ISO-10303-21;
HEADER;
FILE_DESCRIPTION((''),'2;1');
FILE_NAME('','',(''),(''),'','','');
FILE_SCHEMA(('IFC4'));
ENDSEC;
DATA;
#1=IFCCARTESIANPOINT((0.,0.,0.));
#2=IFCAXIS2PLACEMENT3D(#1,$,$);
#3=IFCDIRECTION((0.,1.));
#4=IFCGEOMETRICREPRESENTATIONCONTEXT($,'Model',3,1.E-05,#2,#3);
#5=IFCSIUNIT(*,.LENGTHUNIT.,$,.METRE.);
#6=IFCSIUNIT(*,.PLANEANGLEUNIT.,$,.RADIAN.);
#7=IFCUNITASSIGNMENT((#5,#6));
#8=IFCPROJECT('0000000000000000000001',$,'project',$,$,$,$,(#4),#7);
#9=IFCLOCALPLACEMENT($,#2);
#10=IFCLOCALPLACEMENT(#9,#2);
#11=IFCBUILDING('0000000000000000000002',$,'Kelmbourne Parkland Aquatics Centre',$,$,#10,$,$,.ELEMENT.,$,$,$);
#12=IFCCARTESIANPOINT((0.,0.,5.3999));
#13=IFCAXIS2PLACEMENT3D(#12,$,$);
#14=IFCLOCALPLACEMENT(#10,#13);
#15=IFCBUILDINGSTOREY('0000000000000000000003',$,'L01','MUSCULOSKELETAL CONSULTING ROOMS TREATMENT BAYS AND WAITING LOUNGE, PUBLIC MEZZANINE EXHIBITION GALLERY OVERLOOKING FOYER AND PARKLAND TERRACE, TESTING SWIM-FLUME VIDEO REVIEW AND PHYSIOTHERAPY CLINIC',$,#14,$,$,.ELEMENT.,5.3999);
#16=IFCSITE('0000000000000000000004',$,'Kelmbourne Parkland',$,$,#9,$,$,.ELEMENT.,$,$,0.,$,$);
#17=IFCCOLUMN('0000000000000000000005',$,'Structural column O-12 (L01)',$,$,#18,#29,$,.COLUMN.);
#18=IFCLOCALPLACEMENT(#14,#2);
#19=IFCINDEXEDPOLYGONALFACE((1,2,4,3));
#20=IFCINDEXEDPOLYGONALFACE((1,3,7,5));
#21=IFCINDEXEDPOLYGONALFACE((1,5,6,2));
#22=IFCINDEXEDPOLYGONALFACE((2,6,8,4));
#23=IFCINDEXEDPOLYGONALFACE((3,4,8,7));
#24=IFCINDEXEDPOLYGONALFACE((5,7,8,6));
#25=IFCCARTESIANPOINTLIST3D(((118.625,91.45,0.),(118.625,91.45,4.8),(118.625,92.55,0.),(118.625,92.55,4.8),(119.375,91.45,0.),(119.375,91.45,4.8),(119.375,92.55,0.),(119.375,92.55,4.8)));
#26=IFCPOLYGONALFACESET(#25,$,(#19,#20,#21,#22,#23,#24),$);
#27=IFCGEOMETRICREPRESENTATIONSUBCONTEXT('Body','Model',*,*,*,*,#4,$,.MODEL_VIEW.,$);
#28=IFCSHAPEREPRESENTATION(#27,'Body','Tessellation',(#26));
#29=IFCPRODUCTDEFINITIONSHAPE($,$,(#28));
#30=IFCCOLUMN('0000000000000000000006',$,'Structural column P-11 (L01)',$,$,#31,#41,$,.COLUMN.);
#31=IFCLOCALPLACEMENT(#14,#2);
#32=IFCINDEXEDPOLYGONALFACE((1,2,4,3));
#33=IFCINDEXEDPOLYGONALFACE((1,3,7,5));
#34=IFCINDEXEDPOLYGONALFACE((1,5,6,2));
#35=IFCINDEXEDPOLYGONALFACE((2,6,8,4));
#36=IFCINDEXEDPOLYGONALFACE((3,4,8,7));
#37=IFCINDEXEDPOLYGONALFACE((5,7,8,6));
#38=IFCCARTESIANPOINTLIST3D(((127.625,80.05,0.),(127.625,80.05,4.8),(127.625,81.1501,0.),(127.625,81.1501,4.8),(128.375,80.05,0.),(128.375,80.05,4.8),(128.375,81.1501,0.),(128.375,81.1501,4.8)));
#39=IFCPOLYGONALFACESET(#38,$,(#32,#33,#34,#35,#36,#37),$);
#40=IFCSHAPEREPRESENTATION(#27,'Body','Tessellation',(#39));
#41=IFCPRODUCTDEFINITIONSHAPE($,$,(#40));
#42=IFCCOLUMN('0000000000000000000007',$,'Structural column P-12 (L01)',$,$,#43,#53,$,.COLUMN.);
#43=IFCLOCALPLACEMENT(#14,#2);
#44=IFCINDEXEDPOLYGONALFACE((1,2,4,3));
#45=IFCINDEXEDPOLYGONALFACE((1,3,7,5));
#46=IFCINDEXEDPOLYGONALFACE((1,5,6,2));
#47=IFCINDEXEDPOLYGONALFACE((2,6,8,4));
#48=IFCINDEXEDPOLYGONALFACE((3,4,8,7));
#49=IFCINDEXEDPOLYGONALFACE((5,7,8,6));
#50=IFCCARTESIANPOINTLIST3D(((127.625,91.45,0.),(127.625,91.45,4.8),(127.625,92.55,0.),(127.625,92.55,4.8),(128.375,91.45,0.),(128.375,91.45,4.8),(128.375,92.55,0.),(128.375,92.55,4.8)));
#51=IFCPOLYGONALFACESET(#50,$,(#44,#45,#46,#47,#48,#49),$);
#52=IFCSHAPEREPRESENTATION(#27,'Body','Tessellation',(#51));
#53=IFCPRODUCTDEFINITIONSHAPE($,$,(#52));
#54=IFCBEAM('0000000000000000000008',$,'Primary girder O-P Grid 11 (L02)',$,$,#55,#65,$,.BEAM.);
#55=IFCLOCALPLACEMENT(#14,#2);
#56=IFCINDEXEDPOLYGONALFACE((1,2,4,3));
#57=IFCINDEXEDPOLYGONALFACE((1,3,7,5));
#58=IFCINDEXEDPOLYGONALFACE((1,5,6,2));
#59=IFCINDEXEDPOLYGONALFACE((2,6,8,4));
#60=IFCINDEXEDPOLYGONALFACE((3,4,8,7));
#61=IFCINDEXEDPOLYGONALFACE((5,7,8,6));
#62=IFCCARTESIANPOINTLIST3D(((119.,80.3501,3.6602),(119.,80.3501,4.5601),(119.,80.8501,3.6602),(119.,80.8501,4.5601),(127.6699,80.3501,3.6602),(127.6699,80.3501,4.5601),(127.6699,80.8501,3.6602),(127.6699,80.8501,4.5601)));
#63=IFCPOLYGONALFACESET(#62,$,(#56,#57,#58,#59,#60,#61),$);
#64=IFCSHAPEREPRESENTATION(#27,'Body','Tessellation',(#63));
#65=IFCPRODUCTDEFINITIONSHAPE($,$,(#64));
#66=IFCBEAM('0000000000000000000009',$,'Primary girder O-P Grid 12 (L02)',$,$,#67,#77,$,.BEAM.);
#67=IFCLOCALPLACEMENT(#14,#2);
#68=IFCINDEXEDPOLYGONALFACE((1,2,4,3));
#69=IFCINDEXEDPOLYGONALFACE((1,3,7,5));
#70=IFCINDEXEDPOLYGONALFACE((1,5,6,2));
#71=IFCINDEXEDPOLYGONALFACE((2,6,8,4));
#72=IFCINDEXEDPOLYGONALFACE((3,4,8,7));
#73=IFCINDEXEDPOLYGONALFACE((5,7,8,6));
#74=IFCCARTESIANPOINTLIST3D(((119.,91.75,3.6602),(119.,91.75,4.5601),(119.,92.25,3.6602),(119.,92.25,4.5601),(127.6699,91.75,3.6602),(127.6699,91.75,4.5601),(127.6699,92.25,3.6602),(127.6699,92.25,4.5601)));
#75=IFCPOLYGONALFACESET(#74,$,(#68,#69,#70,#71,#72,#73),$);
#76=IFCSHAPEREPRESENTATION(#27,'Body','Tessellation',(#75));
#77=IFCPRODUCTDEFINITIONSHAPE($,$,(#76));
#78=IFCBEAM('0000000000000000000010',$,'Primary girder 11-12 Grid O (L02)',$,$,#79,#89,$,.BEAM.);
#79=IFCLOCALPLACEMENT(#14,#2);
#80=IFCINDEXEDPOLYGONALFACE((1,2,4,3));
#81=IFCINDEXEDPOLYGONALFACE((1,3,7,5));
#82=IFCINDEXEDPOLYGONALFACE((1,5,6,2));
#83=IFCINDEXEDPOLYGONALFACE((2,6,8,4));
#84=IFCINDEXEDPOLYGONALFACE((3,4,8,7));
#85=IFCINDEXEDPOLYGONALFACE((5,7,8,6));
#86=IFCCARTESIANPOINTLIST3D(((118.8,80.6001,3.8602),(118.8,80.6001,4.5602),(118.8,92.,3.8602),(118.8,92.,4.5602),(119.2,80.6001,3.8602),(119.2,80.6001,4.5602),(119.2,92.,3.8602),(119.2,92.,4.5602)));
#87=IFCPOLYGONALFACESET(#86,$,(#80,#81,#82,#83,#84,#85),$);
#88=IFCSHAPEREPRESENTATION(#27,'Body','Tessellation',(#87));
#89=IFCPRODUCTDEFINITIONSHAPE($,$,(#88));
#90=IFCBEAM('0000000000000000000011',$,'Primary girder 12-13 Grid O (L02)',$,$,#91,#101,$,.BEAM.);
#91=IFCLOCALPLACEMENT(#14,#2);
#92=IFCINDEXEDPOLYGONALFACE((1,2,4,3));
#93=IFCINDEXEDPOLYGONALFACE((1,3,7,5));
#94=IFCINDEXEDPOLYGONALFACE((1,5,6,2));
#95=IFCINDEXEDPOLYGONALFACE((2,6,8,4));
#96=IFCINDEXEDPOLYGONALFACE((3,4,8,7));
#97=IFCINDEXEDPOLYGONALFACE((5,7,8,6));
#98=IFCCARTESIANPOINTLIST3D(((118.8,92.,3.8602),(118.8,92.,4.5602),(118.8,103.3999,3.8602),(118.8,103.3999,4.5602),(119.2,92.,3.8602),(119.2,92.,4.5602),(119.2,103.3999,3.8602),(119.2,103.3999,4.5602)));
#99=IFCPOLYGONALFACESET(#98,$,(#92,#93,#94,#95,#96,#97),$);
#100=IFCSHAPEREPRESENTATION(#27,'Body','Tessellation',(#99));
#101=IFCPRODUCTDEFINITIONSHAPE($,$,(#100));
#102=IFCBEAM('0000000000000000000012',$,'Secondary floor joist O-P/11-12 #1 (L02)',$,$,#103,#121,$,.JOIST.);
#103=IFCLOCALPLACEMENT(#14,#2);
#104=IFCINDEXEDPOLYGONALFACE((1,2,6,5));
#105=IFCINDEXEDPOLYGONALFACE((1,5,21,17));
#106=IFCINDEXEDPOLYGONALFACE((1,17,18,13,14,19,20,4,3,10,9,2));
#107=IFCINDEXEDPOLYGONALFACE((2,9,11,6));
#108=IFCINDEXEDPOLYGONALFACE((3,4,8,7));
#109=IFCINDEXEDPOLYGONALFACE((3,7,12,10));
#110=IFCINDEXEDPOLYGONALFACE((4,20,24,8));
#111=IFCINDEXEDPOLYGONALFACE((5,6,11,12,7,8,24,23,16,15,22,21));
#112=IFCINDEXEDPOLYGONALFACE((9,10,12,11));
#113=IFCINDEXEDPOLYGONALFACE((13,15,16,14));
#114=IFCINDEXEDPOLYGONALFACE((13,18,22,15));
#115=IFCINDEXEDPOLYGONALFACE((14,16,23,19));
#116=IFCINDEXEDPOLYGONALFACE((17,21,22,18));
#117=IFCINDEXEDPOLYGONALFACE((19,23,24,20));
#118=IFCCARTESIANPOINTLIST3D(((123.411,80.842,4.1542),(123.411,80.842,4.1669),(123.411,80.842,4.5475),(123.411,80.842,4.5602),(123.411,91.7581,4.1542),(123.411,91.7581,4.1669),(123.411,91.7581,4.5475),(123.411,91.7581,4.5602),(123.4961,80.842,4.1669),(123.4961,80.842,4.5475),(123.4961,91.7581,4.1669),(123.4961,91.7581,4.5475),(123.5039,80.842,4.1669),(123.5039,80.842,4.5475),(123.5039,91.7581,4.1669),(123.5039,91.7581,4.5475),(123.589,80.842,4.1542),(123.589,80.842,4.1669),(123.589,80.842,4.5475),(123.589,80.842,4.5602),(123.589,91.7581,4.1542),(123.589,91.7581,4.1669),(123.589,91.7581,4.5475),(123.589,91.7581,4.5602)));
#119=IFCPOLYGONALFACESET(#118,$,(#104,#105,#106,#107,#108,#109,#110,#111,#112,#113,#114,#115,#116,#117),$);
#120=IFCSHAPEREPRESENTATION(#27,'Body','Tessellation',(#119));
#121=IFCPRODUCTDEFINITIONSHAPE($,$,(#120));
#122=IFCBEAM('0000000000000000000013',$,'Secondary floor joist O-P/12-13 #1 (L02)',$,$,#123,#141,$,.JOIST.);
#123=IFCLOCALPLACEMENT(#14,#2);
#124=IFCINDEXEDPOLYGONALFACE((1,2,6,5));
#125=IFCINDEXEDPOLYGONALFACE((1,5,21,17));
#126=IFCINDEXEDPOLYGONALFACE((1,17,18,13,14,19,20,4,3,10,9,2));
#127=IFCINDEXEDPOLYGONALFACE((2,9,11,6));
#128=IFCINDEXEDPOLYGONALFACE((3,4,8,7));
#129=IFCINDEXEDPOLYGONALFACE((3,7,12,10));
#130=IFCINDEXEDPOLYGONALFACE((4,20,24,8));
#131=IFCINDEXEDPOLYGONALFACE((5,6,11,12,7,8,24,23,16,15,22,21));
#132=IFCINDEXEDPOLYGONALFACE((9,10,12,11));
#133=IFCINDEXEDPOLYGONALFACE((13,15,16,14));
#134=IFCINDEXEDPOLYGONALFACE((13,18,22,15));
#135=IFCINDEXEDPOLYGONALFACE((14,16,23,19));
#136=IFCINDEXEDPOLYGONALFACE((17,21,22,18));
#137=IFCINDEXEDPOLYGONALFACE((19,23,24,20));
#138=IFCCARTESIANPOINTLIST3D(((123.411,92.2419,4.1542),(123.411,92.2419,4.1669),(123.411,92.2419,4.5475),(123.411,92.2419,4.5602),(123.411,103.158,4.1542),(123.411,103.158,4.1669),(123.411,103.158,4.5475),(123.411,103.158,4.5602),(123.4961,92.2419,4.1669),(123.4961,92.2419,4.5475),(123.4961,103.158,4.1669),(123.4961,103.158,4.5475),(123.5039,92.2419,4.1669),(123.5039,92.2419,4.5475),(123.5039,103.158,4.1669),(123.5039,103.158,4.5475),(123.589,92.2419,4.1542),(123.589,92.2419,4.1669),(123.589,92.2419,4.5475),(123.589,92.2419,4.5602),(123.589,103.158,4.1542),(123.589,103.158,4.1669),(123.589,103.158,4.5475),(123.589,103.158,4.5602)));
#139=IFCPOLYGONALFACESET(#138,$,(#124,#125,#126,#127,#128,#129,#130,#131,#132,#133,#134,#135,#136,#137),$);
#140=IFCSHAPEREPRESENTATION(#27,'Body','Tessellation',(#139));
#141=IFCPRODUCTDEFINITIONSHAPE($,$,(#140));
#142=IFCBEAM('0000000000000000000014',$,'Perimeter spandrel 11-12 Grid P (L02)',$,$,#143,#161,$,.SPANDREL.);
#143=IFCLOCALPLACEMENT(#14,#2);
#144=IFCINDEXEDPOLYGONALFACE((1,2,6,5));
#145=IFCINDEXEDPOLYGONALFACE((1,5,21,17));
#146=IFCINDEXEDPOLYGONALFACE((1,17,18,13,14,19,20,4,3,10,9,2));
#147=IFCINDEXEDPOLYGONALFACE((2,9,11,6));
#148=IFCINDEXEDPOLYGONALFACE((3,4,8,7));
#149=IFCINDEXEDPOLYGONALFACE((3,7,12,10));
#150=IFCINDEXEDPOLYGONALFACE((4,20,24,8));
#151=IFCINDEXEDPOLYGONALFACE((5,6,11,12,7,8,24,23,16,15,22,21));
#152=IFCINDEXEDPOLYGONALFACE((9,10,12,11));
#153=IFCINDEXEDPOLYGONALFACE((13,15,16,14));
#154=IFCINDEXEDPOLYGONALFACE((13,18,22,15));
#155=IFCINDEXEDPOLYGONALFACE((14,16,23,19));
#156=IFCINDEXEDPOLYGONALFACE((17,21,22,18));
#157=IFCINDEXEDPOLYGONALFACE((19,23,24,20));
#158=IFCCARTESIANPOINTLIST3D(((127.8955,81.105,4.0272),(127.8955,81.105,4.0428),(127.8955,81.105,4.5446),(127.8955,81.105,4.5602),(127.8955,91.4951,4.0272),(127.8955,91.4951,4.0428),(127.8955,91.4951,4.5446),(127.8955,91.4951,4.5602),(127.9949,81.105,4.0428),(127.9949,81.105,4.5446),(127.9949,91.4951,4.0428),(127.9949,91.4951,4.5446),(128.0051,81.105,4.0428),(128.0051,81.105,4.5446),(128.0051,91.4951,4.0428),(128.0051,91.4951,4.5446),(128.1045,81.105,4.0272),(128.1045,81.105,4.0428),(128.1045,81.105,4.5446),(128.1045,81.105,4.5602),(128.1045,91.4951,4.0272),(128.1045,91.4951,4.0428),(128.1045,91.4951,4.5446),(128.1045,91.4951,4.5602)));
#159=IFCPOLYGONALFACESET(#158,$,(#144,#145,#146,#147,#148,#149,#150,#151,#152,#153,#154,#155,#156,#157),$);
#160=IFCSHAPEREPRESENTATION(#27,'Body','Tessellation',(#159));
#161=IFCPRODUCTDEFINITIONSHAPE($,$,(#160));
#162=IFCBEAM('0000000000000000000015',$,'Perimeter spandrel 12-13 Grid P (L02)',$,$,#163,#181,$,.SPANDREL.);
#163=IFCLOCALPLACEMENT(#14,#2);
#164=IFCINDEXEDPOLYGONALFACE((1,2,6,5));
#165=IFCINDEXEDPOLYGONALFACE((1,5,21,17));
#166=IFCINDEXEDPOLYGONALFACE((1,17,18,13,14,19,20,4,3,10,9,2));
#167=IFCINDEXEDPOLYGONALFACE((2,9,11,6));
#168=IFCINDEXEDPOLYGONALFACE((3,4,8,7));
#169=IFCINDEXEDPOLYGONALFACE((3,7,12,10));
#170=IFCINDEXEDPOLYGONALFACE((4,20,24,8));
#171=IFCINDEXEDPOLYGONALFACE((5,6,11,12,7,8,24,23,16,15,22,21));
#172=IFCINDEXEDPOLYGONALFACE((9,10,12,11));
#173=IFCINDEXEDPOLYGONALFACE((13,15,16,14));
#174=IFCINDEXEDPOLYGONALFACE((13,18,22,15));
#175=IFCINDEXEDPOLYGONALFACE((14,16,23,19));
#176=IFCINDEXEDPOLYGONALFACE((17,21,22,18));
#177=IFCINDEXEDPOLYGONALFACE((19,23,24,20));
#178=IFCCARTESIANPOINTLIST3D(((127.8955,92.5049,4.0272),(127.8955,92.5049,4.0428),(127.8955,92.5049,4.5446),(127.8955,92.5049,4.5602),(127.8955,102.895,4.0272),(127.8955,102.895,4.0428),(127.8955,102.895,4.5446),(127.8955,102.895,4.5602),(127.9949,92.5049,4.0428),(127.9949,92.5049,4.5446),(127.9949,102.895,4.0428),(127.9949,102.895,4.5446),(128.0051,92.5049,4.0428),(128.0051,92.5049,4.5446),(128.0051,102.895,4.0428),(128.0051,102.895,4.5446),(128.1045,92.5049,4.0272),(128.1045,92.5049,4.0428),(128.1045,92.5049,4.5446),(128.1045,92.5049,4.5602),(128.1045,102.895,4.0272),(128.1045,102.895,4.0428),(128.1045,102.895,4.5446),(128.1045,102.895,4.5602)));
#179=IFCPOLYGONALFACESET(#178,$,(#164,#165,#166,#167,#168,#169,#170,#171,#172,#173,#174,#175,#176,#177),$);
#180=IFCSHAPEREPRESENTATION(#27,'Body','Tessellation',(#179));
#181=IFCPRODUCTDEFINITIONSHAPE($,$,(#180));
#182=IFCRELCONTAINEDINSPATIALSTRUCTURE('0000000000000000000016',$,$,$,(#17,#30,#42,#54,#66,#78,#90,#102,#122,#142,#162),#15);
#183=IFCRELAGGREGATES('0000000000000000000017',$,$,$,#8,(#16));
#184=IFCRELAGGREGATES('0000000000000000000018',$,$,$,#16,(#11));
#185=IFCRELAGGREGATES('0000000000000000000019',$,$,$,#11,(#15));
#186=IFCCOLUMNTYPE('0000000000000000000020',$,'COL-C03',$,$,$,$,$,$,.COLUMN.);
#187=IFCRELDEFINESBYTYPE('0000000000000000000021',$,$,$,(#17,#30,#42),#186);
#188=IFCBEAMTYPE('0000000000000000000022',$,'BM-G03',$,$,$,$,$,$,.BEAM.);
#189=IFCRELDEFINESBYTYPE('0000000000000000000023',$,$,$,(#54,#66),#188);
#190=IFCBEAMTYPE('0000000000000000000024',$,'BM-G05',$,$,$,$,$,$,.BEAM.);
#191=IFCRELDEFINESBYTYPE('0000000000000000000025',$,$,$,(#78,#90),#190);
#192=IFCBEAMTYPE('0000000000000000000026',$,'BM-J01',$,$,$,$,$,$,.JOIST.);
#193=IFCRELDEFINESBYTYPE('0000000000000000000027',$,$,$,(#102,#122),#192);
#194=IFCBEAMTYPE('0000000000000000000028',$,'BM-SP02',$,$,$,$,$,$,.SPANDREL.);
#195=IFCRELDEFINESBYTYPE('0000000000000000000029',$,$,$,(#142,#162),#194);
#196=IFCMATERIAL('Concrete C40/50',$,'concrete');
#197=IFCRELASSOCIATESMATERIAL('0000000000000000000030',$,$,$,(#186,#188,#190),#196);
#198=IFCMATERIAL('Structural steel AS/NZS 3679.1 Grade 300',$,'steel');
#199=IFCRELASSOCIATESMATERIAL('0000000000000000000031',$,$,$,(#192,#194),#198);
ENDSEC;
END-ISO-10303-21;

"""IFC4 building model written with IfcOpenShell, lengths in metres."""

from ifc_helpers import new_model, si_unit, direction, frame, origin, origin_2d, place, context, subcontext, project, spatial, rectangle, i_section, extrude, material, material_profile, profile_set, type_object, element, save


model = new_model("IFC4")

# Units and contexts
model_context = context("Model", 3, precision=1e-05, world=origin(), true_north=direction((0.0, 1.0)))
body_context = subcontext(model_context, "Body", "Model", "MODEL_VIEW")
ifc_project = project(units=[si_unit("LENGTHUNIT", "METRE"), si_unit("PLANEANGLEUNIT", "RADIAN")], contexts=[model_context])

# Site, building, storey
site_placement = place(None, origin())
site = spatial("IfcSite", under=ifc_project, at=site_placement, Name="Kelmbourne Parkland", CompositionType="ELEMENT", RefElevation=0.0)
building_placement = place(site_placement, origin())
building = spatial("IfcBuilding", under=site, at=building_placement, Name="Kelmbourne Parkland Aquatics Centre", CompositionType="ELEMENT")
storey_placement = place(building_placement, frame((0.0, 0.0, 5.3999)))
storey = spatial("IfcBuildingStorey", under=building, at=storey_placement, Name="L01", Description="MUSCULOSKELETAL CONSULTING ROOMS TREATMENT BAYS AND WAITING LOUNGE, PUBLIC MEZZANINE EXHIBITION GALLERY OVERLOOKING FOYER AND PARKLAND TERRACE, TESTING SWIM-FLUME VIDEO REVIEW AND PHYSIOTHERAPY CLINIC", CompositionType="ELEMENT", Elevation=5.3999)

# Columns
ifc_material_1 = material(Name="Concrete C40/50", Category="concrete")
ifc_material_profile_1 = material_profile(ifc_material_1, rectangle(XDim=0.75, YDim=1.1001, at=origin_2d()), Name="RC 750x1100")
ifc_profile_set_1 = profile_set([ifc_material_profile_1], Name="Concrete C40/50")
column_type = type_object("IfcColumnType", Name="COL-C03", PredefinedType="COLUMN", material=ifc_profile_set_1)
for number, where, z_axis, x_axis, name in (
    (1, (119.0, 92.0, 0.0), (0.0, 0.0, 1.0), (1.0, 0.0, 0.0), "Structural column O-12 (L01)"),
    (2, (128.0, 80.6001, 0.0), (0.0, 0.0, 1.0), (1.0, 0.0, 0.0), "Structural column P-11 (L01)"),
    (3, (128.0, 92.0, 0.0), (0.0, 0.0, 1.0), (1.0, 0.0, 0.0), "Structural column P-12 (L01)"),
):
    element("IfcColumn", number, at=place(storey_placement, frame(where, z_axis=z_axis, x_axis=x_axis)), inside=storey, type_object=column_type, Name=name, PredefinedType="COLUMN", context=body_context, shape_type="SweptSolid", body=[
        extrude(rectangle(XDim=0.75, YDim=1.1001, at=origin_2d()), origin(), (0.0, 0.0, 1.0), 4.8),
    ])

# Beams
ifc_material_profile_2 = material_profile(ifc_material_1, rectangle(XDim=0.5, YDim=0.8999, at=origin_2d()), Name="RC 500x900")
ifc_profile_set_2 = profile_set([ifc_material_profile_2], Name="Concrete C40/50")
beam_type_1 = type_object("IfcBeamType", Name="BM-G03", PredefinedType="BEAM", material=ifc_profile_set_2)
for number, where, z_axis, x_axis, name in (
    (4, (119.0, 80.6001, 4.1101), (1.0, 0.0, 0.0), (0.0, 1.0, 0.0), "Primary girder O-P Grid 11 (L02)"),
    (5, (119.0, 92.0, 4.1101), (1.0, 0.0, 0.0), (0.0, 1.0, 0.0), "Primary girder O-P Grid 12 (L02)"),
):
    element("IfcBeam", number, at=place(storey_placement, frame(where, z_axis=z_axis, x_axis=x_axis)), inside=storey, type_object=beam_type_1, Name=name, PredefinedType="BEAM", context=body_context, shape_type="SweptSolid", body=[
        extrude(rectangle(XDim=0.5, YDim=0.8999, at=origin_2d()), origin(), (0.0, 0.0, 1.0), 8.6699),
    ])
ifc_material_profile_3 = material_profile(ifc_material_1, rectangle(XDim=0.3999, YDim=0.7, at=origin_2d()), Name="RC 400x700")
ifc_profile_set_3 = profile_set([ifc_material_profile_3], Name="Concrete C40/50")
beam_type_2 = type_object("IfcBeamType", Name="BM-G05", PredefinedType="BEAM", material=ifc_profile_set_3)
for number, where, z_axis, x_axis, name in (
    (6, (119.0, 80.6001, 4.2102), (0.0, 1.0, 0.0), (-1.0, 0.0, 0.0), "Primary girder 11-12 Grid O (L02)"),
    (7, (119.0, 92.0, 4.2102), (0.0, 1.0, 0.0), (-1.0, 0.0, 0.0), "Primary girder 12-13 Grid O (L02)"),
):
    element("IfcBeam", number, at=place(storey_placement, frame(where, z_axis=z_axis, x_axis=x_axis)), inside=storey, type_object=beam_type_2, Name=name, PredefinedType="BEAM", context=body_context, shape_type="SweptSolid", body=[
        extrude(rectangle(XDim=0.3999, YDim=0.7, at=origin_2d()), origin(), (0.0, 0.0, 1.0), 11.3999),
    ])
ifc_material_2 = material(Name="Structural steel AS/NZS 3679.1 Grade 300", Category="steel")
ifc_material_profile_4 = material_profile(ifc_material_2, i_section(OverallWidth=0.178, OverallDepth=0.406, WebThickness=0.0078, FlangeThickness=0.0127, at=origin_2d()), Name="410UB59.7")
ifc_profile_set_4 = profile_set([ifc_material_profile_4], Name="Structural steel AS/NZS 3679.1 Grade 300")
beam_type_3 = type_object("IfcBeamType", Name="BM-J01", PredefinedType="JOIST", material=ifc_profile_set_4)
for number, where, z_axis, x_axis, name in (
    (8, (123.5, 80.842, 4.3572), (0.0, 1.0, 0.0), (-1.0, 0.0, 0.0), "Secondary floor joist O-P/11-12 #1 (L02)"),
    (9, (123.5, 92.2419, 4.3572), (0.0, 1.0, 0.0), (-1.0, 0.0, 0.0), "Secondary floor joist O-P/12-13 #1 (L02)"),
):
    element("IfcBeam", number, at=place(storey_placement, frame(where, z_axis=z_axis, x_axis=x_axis)), inside=storey, type_object=beam_type_3, Name=name, PredefinedType="JOIST", context=body_context, shape_type="SweptSolid", body=[
        extrude(i_section(OverallWidth=0.178, OverallDepth=0.406, WebThickness=0.0078, FlangeThickness=0.0127, at=origin_2d()), origin(), (0.0, 0.0, 1.0), 10.916),
    ])
ifc_material_profile_5 = material_profile(ifc_material_2, i_section(OverallWidth=0.209, OverallDepth=0.533, WebThickness=0.0103, FlangeThickness=0.0156, at=origin_2d()), Name="530UB92.4")
ifc_profile_set_5 = profile_set([ifc_material_profile_5], Name="Structural steel AS/NZS 3679.1 Grade 300")
beam_type_4 = type_object("IfcBeamType", Name="BM-SP02", PredefinedType="SPANDREL", material=ifc_profile_set_5)
for number, where, z_axis, x_axis, name in (
    (10, (128.0, 81.105, 4.2937), (0.0, 1.0, 0.0), (-1.0, 0.0, 0.0), "Perimeter spandrel 11-12 Grid P (L02)"),
    (11, (128.0, 92.5049, 4.2937), (0.0, 1.0, 0.0), (-1.0, 0.0, 0.0), "Perimeter spandrel 12-13 Grid P (L02)"),
):
    element("IfcBeam", number, at=place(storey_placement, frame(where, z_axis=z_axis, x_axis=x_axis)), inside=storey, type_object=beam_type_4, Name=name, PredefinedType="SPANDREL", context=body_context, shape_type="SweptSolid", body=[
        extrude(i_section(OverallWidth=0.209, OverallDepth=0.533, WebThickness=0.0103, FlangeThickness=0.0156, at=origin_2d()), origin(), (0.0, 0.0, 1.0), 10.3901),
    ])

save(model, "model.ifc")
